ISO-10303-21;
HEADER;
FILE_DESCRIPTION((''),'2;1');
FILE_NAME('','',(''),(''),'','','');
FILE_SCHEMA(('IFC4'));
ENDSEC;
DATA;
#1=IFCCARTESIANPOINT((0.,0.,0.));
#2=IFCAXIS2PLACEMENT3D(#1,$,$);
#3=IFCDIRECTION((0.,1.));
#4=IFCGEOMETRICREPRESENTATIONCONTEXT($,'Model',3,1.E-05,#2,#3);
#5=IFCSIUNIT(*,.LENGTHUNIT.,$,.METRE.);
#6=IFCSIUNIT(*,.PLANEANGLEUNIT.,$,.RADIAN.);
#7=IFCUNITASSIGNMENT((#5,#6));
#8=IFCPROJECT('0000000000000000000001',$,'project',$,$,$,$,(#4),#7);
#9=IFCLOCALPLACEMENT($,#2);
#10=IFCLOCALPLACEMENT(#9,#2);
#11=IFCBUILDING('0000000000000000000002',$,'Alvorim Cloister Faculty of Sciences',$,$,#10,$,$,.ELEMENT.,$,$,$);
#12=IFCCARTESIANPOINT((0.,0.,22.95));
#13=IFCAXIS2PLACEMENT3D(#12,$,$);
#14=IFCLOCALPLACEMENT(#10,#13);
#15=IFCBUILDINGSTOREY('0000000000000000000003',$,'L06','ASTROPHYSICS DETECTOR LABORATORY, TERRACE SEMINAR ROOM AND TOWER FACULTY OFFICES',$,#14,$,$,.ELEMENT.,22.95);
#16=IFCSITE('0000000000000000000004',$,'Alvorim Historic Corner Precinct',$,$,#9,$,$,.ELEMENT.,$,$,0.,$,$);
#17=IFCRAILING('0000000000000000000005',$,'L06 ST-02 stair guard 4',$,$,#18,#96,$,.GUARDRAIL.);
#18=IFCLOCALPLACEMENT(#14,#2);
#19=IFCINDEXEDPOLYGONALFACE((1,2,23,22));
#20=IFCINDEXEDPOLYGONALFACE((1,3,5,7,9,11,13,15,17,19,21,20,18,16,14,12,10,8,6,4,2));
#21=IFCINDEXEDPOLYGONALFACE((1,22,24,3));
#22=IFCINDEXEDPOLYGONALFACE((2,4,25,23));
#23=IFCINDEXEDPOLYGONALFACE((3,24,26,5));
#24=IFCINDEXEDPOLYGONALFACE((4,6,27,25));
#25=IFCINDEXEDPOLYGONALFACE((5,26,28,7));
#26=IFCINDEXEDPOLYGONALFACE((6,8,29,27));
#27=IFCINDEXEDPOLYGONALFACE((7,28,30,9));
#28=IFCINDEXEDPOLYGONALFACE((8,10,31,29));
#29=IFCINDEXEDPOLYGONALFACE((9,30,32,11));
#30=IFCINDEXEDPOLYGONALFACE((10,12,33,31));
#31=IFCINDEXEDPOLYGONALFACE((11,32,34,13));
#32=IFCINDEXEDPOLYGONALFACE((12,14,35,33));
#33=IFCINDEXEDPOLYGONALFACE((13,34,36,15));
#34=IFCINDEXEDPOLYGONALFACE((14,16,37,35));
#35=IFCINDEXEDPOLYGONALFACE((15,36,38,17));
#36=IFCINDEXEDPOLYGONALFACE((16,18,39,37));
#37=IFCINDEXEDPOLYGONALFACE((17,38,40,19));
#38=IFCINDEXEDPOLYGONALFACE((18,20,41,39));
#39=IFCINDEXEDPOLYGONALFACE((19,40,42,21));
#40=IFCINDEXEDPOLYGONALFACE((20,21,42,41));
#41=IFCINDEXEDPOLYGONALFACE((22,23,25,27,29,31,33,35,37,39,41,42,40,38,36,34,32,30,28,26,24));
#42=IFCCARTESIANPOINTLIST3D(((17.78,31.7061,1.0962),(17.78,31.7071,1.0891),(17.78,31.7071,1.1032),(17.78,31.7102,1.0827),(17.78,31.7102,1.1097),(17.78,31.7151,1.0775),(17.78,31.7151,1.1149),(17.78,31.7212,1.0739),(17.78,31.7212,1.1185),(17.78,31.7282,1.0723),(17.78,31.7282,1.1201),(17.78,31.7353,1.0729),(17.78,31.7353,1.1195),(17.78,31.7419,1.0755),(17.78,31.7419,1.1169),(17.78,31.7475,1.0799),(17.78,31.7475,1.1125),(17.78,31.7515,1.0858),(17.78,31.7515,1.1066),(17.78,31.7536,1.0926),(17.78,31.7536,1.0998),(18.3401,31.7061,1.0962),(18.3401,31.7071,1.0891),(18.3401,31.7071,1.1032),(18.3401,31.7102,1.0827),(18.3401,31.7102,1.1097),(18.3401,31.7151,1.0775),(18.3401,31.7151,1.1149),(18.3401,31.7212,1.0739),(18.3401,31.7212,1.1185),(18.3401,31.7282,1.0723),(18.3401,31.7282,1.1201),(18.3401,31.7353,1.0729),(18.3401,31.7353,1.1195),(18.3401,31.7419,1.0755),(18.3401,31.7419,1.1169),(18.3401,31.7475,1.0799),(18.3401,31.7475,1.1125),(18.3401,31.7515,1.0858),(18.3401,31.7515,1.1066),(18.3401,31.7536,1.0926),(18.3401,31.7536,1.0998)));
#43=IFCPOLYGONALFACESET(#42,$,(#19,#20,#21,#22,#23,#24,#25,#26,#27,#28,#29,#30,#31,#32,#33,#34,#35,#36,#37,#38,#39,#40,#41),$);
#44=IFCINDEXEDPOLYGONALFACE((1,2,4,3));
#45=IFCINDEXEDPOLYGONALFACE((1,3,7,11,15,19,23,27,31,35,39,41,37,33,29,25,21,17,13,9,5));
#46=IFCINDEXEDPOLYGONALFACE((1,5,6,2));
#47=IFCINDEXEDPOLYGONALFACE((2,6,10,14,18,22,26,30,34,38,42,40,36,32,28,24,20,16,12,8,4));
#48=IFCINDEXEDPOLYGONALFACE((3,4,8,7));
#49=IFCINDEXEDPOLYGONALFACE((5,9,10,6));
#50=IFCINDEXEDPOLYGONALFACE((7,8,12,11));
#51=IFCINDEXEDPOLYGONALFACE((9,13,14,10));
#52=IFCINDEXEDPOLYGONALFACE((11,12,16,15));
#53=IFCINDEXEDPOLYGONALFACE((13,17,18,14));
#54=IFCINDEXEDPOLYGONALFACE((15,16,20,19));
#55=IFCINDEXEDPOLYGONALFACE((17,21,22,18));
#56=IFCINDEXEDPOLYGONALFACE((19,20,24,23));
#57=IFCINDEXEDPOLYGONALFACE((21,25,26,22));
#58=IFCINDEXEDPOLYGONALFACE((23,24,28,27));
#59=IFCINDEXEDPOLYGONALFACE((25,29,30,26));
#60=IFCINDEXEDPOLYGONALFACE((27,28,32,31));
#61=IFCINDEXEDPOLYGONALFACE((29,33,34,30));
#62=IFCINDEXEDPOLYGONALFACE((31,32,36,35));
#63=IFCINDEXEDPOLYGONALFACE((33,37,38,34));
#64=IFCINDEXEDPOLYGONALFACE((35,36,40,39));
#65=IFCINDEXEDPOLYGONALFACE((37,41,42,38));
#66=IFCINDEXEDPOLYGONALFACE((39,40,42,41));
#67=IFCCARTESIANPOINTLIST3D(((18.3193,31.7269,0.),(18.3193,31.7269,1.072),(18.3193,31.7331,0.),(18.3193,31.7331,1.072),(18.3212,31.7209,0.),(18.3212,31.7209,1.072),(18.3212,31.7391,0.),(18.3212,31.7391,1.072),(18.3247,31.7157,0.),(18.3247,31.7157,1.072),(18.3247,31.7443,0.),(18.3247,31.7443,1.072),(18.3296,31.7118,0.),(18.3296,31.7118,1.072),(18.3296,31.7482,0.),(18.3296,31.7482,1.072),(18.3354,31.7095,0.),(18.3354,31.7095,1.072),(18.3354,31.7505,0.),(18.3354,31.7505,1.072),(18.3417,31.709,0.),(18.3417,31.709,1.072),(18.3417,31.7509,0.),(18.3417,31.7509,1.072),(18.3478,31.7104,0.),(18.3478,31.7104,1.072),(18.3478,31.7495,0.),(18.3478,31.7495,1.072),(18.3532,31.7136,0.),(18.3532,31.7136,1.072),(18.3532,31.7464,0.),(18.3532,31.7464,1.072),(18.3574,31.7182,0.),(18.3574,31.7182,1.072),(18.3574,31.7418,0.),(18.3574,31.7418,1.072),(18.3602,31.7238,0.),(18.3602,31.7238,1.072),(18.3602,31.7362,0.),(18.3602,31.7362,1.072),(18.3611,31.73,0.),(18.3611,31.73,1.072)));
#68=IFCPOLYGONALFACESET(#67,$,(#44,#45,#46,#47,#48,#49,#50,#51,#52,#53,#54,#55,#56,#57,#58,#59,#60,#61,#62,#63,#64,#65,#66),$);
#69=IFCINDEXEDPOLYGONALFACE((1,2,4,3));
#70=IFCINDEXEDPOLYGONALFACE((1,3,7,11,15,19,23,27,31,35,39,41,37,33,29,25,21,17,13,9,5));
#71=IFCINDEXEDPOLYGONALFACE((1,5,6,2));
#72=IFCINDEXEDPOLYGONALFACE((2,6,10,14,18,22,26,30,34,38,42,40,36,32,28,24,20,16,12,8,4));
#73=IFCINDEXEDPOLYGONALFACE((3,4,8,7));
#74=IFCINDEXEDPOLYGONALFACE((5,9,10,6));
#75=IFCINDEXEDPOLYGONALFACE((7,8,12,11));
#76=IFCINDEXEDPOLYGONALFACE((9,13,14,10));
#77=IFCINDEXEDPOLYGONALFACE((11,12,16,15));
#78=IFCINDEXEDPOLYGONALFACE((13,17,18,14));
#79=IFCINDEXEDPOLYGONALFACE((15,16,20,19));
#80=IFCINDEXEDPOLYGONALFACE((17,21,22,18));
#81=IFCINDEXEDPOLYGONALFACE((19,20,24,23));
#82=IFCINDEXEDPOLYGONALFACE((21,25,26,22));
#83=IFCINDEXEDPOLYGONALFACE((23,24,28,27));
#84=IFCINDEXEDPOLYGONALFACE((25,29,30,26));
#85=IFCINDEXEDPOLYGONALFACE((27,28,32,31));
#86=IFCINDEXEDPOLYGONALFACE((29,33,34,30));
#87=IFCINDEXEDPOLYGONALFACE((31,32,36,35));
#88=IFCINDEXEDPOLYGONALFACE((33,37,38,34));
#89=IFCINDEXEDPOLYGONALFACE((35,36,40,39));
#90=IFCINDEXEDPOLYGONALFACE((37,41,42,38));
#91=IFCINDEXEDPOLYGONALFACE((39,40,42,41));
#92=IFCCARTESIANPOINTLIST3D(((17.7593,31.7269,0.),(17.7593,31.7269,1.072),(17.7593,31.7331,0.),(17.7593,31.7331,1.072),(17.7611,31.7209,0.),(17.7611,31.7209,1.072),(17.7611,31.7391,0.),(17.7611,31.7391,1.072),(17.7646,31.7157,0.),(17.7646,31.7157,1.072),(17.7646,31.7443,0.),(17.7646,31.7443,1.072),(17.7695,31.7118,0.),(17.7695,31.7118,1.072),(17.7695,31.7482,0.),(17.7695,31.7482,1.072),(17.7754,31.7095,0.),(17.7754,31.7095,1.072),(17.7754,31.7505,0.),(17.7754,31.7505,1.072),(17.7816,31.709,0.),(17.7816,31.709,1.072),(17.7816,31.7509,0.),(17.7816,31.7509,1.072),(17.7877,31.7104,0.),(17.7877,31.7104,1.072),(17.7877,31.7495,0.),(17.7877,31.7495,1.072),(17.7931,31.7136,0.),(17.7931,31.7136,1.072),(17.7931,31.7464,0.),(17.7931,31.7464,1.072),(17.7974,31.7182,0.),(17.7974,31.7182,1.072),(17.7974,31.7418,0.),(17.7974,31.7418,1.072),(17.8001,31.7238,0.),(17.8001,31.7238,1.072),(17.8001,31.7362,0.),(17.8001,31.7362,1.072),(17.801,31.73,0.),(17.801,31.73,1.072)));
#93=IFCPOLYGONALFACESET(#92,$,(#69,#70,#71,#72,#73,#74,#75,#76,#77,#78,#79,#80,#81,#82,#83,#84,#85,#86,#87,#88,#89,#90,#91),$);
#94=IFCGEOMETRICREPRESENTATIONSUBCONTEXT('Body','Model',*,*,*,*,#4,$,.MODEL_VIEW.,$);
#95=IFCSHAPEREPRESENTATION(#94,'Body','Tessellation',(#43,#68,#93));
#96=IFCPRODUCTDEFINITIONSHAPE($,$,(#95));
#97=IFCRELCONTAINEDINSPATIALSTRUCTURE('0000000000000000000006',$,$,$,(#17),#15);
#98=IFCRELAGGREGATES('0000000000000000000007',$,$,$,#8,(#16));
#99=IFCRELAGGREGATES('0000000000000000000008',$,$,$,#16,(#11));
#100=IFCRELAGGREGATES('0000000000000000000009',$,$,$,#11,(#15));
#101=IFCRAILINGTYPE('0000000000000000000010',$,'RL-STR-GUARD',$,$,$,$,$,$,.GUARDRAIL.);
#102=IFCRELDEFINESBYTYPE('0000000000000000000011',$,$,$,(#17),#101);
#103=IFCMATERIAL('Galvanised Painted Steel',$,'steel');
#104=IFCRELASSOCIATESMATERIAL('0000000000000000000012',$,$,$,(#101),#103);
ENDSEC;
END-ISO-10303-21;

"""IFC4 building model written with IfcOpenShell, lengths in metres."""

from ifc_helpers import new_model, si_unit, direction, frame, origin, origin_2d, place, context, subcontext, project, spatial, circle, extrude, material, type_object, element, save


model = new_model("IFC4")

# Units and contexts
model_context = context("Model", 3, precision=1e-05, world=origin(), true_north=direction((0.0, 1.0)))
body_context = subcontext(model_context, "Body", "Model", "MODEL_VIEW")
ifc_project = project(units=[si_unit("LENGTHUNIT", "METRE"), si_unit("PLANEANGLEUNIT", "RADIAN")], contexts=[model_context])

# Site, building, storey
site_placement = place(None, origin())
site = spatial("IfcSite", under=ifc_project, at=site_placement, Name="Alvorim Historic Corner Precinct", CompositionType="ELEMENT", RefElevation=0.0)
building_placement = place(site_placement, origin())
building = spatial("IfcBuilding", under=site, at=building_placement, Name="Alvorim Cloister Faculty of Sciences", CompositionType="ELEMENT")
storey_placement = place(building_placement, frame((0.0, 0.0, 22.95)))
storey = spatial("IfcBuildingStorey", under=building, at=storey_placement, Name="L06", Description="ASTROPHYSICS DETECTOR LABORATORY, TERRACE SEMINAR ROOM AND TOWER FACULTY OFFICES", CompositionType="ELEMENT", Elevation=22.95)

# Railing
ifc_material_1 = material(Name="Galvanised Painted Steel", Category="steel")
railing_type_1 = type_object("IfcRailingType", Name="RL-STR-GUARD", PredefinedType="GUARDRAIL", material=ifc_material_1)
railing_1_placement = place(storey_placement, frame((18.3401, 31.73, 0.0)))
element("IfcRailing", 1, at=railing_1_placement, inside=storey, type_object=railing_type_1, Name="L06 ST-02 stair guard 4", PredefinedType="GUARDRAIL", context=body_context, shape_type="SweptSolid", body=[
    extrude(circle(Radius=0.0239, at=origin_2d()), frame((0.0, 0.0, 1.0962), z_axis=(-1.0, 0.0, 0.0), x_axis=(0.0, -1.0, 0.0)), (0.0, 0.0, 1.0), 0.5601),
    extrude(circle(Radius=0.021, at=origin_2d()), origin(), (0.0, 0.0, 1.0), 1.072),
    extrude(circle(Radius=0.021, at=origin_2d()), frame((-0.5601, 0.0, 0.0)), (0.0, 0.0, 1.0), 1.072),
])

save(model, "model.ifc")
